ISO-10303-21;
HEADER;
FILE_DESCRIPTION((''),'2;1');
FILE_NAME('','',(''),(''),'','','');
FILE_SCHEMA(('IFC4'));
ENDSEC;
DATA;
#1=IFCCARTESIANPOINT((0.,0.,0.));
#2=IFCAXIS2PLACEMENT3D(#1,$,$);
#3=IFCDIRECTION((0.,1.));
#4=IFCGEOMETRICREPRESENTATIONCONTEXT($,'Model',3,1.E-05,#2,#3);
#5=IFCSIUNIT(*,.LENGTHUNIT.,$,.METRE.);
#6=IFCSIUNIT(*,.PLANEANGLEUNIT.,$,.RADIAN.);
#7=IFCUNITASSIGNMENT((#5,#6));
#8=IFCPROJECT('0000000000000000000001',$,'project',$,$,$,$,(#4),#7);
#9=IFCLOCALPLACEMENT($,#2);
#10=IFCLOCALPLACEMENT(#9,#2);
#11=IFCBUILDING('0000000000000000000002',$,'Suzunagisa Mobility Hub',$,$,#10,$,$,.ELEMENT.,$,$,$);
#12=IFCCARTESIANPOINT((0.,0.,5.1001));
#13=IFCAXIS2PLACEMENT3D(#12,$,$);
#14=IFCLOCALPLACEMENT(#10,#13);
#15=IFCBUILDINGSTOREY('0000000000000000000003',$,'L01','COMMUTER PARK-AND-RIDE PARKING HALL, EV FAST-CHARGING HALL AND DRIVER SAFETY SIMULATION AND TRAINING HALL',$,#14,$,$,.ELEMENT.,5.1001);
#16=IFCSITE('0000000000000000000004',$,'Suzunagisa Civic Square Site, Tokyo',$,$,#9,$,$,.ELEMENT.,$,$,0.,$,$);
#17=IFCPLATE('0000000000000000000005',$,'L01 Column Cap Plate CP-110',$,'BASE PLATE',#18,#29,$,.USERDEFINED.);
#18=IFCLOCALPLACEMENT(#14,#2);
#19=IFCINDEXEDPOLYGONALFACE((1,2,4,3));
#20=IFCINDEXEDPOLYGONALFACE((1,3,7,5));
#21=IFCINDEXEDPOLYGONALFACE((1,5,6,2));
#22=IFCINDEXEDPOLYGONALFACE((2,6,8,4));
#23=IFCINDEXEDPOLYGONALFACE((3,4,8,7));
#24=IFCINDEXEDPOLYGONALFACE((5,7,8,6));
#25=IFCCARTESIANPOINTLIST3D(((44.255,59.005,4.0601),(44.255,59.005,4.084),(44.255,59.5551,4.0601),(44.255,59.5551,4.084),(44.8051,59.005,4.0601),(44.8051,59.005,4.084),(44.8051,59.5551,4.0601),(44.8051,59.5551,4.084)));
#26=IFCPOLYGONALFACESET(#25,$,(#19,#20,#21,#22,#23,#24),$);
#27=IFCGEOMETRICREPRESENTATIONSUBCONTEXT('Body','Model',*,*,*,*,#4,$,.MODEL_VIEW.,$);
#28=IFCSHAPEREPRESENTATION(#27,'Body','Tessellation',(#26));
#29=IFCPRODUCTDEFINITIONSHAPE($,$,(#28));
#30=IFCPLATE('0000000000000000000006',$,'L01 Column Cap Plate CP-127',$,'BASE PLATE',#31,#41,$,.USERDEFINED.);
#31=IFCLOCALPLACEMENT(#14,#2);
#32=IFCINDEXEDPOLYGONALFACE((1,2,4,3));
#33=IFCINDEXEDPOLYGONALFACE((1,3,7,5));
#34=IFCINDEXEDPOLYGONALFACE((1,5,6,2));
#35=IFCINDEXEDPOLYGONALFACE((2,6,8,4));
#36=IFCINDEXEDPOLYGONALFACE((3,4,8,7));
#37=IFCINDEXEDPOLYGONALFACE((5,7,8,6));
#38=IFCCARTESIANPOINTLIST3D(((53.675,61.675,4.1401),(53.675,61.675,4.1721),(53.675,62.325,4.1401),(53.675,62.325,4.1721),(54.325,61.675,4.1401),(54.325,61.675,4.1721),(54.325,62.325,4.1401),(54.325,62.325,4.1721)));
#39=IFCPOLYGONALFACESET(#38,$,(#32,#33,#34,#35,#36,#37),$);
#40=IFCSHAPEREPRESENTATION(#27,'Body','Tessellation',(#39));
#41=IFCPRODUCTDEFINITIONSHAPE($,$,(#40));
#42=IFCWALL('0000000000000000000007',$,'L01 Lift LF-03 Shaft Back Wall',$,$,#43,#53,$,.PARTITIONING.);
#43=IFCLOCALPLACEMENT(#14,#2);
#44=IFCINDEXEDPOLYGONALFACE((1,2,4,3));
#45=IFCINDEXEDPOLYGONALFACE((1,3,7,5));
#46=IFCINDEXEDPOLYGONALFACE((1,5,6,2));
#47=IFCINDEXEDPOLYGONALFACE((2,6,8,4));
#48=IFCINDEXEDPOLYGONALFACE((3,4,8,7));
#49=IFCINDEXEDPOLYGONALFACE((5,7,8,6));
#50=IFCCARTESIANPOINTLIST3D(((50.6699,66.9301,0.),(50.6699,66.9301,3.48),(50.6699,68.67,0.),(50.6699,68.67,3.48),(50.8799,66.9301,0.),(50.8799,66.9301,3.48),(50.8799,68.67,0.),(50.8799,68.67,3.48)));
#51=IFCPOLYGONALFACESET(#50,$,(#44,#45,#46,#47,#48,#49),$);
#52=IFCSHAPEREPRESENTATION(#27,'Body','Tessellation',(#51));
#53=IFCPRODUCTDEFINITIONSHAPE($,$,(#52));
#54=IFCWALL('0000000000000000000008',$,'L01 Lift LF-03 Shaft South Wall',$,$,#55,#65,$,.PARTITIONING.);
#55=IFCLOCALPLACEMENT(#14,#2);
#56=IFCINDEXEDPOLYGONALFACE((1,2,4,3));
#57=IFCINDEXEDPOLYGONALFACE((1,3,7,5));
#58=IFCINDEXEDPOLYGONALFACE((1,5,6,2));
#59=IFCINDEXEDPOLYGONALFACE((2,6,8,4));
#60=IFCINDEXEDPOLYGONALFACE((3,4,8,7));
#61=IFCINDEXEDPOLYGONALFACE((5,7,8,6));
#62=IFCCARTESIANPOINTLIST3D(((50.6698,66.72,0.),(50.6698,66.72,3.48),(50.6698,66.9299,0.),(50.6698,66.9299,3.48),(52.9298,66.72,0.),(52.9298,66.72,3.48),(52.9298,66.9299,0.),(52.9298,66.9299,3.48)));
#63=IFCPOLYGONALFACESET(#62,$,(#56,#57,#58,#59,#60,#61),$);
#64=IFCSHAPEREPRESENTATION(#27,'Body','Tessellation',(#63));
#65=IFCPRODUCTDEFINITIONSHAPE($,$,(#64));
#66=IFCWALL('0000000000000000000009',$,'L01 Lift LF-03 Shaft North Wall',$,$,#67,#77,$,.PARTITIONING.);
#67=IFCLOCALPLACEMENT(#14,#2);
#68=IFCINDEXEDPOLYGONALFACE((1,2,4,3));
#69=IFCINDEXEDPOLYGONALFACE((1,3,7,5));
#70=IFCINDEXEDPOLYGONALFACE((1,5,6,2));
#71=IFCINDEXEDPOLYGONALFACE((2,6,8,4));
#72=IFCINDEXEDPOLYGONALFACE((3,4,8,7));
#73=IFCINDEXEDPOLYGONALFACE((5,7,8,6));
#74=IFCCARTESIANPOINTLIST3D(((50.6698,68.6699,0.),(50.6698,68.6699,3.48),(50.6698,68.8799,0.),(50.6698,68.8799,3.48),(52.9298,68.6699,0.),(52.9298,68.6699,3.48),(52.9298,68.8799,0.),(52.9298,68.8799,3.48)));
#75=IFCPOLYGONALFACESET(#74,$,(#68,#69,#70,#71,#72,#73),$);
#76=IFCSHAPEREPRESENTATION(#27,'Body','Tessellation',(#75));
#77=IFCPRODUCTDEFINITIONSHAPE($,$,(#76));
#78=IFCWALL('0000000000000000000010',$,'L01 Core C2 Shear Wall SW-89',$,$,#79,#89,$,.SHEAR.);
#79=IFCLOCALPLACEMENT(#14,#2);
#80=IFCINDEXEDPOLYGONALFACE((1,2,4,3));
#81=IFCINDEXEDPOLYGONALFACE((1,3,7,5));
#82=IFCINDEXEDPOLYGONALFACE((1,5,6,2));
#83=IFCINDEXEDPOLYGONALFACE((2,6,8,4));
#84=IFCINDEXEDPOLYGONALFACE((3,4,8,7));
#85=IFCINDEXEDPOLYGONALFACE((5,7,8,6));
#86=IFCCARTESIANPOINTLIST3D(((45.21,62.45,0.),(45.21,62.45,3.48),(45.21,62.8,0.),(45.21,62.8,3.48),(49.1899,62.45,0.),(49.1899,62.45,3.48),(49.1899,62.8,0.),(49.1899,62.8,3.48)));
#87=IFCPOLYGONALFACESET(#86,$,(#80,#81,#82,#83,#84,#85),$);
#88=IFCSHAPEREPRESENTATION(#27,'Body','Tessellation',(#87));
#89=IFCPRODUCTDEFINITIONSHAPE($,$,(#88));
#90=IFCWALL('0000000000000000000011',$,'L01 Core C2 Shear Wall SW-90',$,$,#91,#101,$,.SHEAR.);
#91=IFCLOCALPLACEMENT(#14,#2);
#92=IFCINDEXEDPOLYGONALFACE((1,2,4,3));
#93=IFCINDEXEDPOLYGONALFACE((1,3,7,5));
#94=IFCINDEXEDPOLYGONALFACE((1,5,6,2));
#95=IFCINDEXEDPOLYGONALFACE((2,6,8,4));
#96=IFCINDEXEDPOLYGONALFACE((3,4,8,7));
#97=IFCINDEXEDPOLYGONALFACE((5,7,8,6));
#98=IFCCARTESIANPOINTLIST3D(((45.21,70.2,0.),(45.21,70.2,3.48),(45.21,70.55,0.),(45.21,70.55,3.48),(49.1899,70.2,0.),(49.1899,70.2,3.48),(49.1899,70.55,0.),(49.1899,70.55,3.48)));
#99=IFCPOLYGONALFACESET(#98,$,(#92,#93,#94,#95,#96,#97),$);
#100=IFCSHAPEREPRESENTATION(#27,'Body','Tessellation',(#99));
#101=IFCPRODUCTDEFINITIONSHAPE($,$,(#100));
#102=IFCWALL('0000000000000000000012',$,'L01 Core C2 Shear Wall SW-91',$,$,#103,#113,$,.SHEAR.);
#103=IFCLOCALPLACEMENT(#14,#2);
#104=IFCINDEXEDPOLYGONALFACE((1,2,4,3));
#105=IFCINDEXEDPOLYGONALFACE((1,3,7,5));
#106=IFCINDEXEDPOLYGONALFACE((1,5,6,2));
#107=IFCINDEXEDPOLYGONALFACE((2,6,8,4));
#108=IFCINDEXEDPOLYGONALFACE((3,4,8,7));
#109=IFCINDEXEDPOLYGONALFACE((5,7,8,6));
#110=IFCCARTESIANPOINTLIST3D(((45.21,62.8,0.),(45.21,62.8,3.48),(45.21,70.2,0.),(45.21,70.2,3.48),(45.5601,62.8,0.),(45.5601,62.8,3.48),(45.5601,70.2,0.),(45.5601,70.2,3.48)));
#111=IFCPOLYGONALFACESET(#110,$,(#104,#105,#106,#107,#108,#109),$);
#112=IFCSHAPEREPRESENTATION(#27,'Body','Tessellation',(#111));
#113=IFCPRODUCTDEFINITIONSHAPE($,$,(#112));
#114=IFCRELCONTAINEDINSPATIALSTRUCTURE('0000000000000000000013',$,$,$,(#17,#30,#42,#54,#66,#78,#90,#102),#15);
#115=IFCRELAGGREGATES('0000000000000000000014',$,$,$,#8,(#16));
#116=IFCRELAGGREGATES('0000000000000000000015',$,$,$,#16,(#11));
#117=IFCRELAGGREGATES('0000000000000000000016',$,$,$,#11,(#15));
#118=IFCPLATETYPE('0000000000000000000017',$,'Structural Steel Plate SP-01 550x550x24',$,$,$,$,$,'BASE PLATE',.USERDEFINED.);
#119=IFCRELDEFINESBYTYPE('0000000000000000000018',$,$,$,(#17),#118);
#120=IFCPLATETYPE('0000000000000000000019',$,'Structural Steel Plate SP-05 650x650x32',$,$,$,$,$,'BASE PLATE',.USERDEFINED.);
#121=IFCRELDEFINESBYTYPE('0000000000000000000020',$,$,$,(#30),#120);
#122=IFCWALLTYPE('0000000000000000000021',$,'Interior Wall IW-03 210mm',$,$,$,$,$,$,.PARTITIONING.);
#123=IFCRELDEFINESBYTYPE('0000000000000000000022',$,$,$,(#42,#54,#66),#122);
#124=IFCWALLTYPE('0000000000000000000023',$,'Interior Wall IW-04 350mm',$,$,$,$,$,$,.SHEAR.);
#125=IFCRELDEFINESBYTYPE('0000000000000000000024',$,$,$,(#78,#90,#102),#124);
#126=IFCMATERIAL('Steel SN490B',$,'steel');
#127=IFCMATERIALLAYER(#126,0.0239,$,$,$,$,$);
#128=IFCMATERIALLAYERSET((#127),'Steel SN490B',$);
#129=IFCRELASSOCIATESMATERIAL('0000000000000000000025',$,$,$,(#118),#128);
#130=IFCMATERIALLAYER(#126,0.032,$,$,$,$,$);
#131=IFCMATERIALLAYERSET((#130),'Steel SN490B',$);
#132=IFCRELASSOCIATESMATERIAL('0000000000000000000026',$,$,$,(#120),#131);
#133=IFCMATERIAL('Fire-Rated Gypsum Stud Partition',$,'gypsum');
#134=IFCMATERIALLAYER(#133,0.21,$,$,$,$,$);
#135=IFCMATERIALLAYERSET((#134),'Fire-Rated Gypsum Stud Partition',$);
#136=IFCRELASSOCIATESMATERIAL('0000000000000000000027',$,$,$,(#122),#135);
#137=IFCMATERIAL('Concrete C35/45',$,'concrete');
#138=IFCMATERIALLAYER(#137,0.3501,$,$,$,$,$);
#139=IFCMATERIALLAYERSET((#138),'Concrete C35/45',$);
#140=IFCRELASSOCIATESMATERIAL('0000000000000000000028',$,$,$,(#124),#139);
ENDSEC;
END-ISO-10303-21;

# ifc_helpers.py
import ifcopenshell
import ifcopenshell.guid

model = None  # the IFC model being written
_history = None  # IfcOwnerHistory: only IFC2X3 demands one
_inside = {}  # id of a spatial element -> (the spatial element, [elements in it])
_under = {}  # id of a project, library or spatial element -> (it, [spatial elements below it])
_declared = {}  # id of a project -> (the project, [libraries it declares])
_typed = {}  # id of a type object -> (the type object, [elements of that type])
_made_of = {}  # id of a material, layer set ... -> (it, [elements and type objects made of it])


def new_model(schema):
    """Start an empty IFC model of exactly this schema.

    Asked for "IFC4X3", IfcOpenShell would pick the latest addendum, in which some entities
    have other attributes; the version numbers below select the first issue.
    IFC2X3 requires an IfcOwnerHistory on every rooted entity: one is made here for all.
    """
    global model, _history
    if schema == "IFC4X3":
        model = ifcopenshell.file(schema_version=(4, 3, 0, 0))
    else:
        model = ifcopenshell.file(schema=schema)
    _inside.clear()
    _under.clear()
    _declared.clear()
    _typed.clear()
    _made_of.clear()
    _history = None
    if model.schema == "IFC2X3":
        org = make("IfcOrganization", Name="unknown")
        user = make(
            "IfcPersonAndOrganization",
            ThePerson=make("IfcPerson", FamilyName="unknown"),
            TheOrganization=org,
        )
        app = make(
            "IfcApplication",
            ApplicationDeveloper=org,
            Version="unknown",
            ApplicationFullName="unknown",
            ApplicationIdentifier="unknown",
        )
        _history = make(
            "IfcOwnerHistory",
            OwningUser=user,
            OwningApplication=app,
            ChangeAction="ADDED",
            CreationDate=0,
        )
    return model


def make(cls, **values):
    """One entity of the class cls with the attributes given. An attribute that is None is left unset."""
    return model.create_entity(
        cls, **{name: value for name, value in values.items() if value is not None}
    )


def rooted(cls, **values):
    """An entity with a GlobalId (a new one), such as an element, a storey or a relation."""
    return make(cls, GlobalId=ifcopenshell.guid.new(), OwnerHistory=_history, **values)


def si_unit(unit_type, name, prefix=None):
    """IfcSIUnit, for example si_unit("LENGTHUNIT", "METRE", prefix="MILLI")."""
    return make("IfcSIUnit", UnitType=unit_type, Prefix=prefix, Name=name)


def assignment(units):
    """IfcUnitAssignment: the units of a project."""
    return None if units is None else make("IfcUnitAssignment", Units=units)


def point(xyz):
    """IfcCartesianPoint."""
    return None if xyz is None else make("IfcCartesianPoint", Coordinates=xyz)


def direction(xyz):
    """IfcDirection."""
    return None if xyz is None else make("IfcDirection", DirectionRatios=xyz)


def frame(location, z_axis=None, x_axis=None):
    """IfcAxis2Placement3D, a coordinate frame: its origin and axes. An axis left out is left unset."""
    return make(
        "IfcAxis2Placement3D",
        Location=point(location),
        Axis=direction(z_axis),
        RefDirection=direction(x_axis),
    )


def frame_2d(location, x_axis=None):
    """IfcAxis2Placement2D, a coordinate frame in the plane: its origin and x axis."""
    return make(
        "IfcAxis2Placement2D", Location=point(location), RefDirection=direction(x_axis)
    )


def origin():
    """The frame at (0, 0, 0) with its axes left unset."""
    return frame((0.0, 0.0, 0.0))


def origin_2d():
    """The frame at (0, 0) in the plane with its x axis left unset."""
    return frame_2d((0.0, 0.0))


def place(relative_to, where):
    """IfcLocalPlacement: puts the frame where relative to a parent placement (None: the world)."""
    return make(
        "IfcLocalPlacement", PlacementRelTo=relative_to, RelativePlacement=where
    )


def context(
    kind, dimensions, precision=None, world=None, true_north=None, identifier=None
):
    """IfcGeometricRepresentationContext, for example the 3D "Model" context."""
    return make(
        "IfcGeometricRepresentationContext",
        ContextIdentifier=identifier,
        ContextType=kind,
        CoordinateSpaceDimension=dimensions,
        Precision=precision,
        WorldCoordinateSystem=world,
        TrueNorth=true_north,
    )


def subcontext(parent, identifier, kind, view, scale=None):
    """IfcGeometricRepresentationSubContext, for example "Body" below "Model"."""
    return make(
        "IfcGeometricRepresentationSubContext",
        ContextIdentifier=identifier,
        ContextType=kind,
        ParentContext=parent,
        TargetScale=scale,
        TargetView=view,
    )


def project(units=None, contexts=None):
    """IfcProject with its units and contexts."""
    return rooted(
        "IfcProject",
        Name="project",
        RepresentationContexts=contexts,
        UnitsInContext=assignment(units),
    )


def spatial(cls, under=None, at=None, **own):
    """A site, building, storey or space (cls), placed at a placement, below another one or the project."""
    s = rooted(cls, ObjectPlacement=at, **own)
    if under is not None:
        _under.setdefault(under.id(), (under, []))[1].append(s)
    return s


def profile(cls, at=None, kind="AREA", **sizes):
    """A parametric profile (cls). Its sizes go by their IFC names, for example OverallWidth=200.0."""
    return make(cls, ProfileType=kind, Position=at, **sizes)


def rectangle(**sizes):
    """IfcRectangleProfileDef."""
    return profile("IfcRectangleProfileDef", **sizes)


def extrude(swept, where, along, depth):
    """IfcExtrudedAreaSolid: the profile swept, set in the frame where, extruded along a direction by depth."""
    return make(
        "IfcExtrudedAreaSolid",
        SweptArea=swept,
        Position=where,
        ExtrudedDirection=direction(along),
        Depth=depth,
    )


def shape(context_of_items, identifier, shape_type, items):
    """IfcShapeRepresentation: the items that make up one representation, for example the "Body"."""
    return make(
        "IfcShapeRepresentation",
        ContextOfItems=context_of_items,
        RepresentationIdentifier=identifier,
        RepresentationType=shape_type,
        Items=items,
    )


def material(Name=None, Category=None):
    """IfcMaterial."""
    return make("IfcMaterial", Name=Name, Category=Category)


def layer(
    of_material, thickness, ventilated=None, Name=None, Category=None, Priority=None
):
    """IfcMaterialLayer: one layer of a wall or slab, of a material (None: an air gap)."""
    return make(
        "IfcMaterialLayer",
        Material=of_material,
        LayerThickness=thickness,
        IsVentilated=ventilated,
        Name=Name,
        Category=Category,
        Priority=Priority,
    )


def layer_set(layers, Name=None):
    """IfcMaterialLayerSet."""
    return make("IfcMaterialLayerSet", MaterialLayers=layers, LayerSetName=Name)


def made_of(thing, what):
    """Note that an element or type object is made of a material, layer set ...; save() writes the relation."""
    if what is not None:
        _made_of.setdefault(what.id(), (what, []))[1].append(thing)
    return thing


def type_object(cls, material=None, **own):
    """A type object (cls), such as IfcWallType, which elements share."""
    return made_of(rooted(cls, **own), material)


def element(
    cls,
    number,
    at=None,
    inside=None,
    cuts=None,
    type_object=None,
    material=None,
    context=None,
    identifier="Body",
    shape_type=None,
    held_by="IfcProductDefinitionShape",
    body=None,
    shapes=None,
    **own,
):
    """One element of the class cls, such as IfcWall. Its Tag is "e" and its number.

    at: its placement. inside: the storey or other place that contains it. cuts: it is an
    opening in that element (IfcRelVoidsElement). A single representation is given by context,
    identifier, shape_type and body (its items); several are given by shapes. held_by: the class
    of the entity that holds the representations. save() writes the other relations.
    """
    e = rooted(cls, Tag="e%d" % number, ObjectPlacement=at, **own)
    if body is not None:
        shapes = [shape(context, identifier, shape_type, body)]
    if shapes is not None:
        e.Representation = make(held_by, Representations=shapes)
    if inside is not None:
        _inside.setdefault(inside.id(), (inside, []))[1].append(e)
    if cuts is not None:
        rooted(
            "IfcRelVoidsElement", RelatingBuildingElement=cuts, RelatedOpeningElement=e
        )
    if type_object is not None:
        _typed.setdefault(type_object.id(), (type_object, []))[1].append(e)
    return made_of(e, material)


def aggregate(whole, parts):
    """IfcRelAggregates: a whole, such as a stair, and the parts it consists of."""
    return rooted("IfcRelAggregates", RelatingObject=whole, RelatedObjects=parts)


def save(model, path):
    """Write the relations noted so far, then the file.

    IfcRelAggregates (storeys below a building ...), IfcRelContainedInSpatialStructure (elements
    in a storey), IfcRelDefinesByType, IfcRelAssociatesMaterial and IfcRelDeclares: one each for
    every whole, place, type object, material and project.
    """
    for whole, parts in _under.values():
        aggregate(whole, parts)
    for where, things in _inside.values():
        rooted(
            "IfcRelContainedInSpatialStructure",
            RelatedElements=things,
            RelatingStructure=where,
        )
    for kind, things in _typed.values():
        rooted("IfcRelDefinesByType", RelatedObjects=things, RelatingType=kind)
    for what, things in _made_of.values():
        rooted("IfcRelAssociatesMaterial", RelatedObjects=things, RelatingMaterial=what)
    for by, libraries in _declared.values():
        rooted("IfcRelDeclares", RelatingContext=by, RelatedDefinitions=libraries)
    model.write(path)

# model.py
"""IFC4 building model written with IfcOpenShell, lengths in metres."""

from ifc_helpers import new_model, si_unit, direction, frame, frame_2d, origin, origin_2d, place, context, subcontext, project, spatial, rectangle, extrude, material, layer, layer_set, type_object, element, save


model = new_model("IFC4")

# Units and contexts
model_context = context("Model", 3, precision=1e-05, world=origin(), true_north=direction((0.0, 1.0)))
body_context = subcontext(model_context, "Body", "Model", "MODEL_VIEW")
ifc_project = project(units=[si_unit("LENGTHUNIT", "METRE"), si_unit("PLANEANGLEUNIT", "RADIAN")], contexts=[model_context])

# Site, building, storey
site_placement = place(None, origin())
site = spatial("IfcSite", under=ifc_project, at=site_placement, Name="Suzunagisa Civic Square Site, Tokyo", CompositionType="ELEMENT", RefElevation=0.0)
building_placement = place(site_placement, origin())
building = spatial("IfcBuilding", under=site, at=building_placement, Name="Suzunagisa Mobility Hub", CompositionType="ELEMENT")
storey_placement = place(building_placement, frame((0.0, 0.0, 5.1001)))
storey = spatial("IfcBuildingStorey", under=building, at=storey_placement, Name="L01", Description="COMMUTER PARK-AND-RIDE PARKING HALL, EV FAST-CHARGING HALL AND DRIVER SAFETY SIMULATION AND TRAINING HALL", CompositionType="ELEMENT", Elevation=5.1001)

# Shared definitions
ifc_material_1 = material(Name="Steel SN490B", Category="steel")

# Plates
ifc_layer_1 = layer(ifc_material_1, 0.0239)
ifc_layer_set_1 = layer_set([ifc_layer_1], Name="Steel SN490B")
plate_type_1 = type_object("IfcPlateType", Name="Structural Steel Plate SP-01 550x550x24", ElementType="BASE PLATE", PredefinedType="USERDEFINED", material=ifc_layer_set_1)
for number, where, z_axis, x_axis, name in (
    (1, (44.53, 59.28, 4.0601), (0.0, 0.0, 1.0), (1.0, 0.0, 0.0), "L01 Column Cap Plate CP-110"),
):
    element("IfcPlate", number, at=place(storey_placement, frame(where, z_axis=z_axis, x_axis=x_axis)), inside=storey, type_object=plate_type_1, Name=name, ObjectType="BASE PLATE", PredefinedType="USERDEFINED", context=body_context, shape_type="SweptSolid", body=[
        extrude(rectangle(XDim=0.55, YDim=0.55, at=origin_2d()), origin(), (0.0, 0.0, 1.0), 0.0239),
    ])
ifc_layer_2 = layer(ifc_material_1, 0.032)
ifc_layer_set_2 = layer_set([ifc_layer_2], Name="Steel SN490B")
plate_type_2 = type_object("IfcPlateType", Name="Structural Steel Plate SP-05 650x650x32", ElementType="BASE PLATE", PredefinedType="USERDEFINED", material=ifc_layer_set_2)
plate_placement = place(storey_placement, frame((54.0, 62.0, 4.1401), z_axis=(0.0, 0.0, 1.0), x_axis=(1.0, 0.0, 0.0)))
element("IfcPlate", 2, at=plate_placement, inside=storey, type_object=plate_type_2, Name="L01 Column Cap Plate CP-127", ObjectType="BASE PLATE", PredefinedType="USERDEFINED", context=body_context, shape_type="SweptSolid", body=[
    extrude(rectangle(XDim=0.6499, YDim=0.6499, at=origin_2d()), origin(), (0.0, 0.0, 1.0), 0.032),
])

# Shared definitions
ifc_material_2 = material(Name="Fire-Rated Gypsum Stud Partition", Category="gypsum")
ifc_layer_3 = layer(ifc_material_2, 0.21)
ifc_layer_set_3 = layer_set([ifc_layer_3], Name="Fire-Rated Gypsum Stud Partition")
wall_type_1 = type_object("IfcWallType", Name="Interior Wall IW-03 210mm", PredefinedType="PARTITIONING", material=ifc_layer_set_3)

# Walls
wall_1_placement = place(storey_placement, frame((50.7749, 66.9299, 0.0), z_axis=(0.0, 0.0, 1.0), x_axis=(0.0, 1.0, 0.0)))
element("IfcWall", 3, at=wall_1_placement, inside=storey, type_object=wall_type_1, Name="L01 Lift LF-03 Shaft Back Wall", PredefinedType="PARTITIONING", context=body_context, shape_type="SweptSolid", body=[
    extrude(rectangle(XDim=1.74, YDim=0.21, at=frame_2d((0.8701, 0.0))), origin(), (0.0, 0.0, 1.0), 3.48),
])
for number, where, z_axis, x_axis, name in (
    (4, (50.6699, 66.825, 0.0), (0.0, 0.0, 1.0), (1.0, 0.0, 0.0), "L01 Lift LF-03 Shaft South Wall"),
    (5, (50.6699, 68.7749, 0.0), (0.0, 0.0, 1.0), (1.0, 0.0, 0.0), "L01 Lift LF-03 Shaft North Wall"),
):
    element("IfcWall", number, at=place(storey_placement, frame(where, z_axis=z_axis, x_axis=x_axis)), inside=storey, type_object=wall_type_1, Name=name, PredefinedType="PARTITIONING", context=body_context, shape_type="SweptSolid", body=[
        extrude(rectangle(XDim=2.26, YDim=0.21, at=frame_2d((1.1299, 0.0))), origin(), (0.0, 0.0, 1.0), 3.48),
    ])
ifc_material_3 = material(Name="Concrete C35/45", Category="concrete")
ifc_layer_4 = layer(ifc_material_3, 0.3501)
ifc_layer_set_4 = layer_set([ifc_layer_4], Name="Concrete C35/45")
wall_type_2 = type_object("IfcWallType", Name="Interior Wall IW-04 350mm", PredefinedType="SHEAR", material=ifc_layer_set_4)
for number, where, z_axis, x_axis, name in (
    (6, (45.21, 62.625, 0.0), (0.0, 0.0, 1.0), (1.0, 0.0, 0.0), "L01 Core C2 Shear Wall SW-89"),
    (7, (45.21, 70.375, 0.0), (0.0, 0.0, 1.0), (1.0, 0.0, 0.0), "L01 Core C2 Shear Wall SW-90"),
):
    element("IfcWall", number, at=place(storey_placement, frame(where, z_axis=z_axis, x_axis=x_axis)), inside=storey, type_object=wall_type_2, Name=name, PredefinedType="SHEAR", context=body_context, shape_type="SweptSolid", body=[
        extrude(rectangle(XDim=3.98, YDim=0.3501, at=frame_2d((1.99, 0.0))), origin(), (0.0, 0.0, 1.0), 3.48),
    ])
wall_2_placement = place(storey_placement, frame((45.385, 62.8, 0.0), z_axis=(0.0, 0.0, 1.0), x_axis=(0.0, 1.0, 0.0)))
element("IfcWall", 8, at=wall_2_placement, inside=storey, type_object=wall_type_2, Name="L01 Core C2 Shear Wall SW-91", PredefinedType="SHEAR", context=body_context, shape_type="SweptSolid", body=[
    extrude(rectangle(XDim=7.3999, YDim=0.3501, at=frame_2d((3.7, 0.0))), origin(), (0.0, 0.0, 1.0), 3.48),
])

save(model, "model.ifc")
